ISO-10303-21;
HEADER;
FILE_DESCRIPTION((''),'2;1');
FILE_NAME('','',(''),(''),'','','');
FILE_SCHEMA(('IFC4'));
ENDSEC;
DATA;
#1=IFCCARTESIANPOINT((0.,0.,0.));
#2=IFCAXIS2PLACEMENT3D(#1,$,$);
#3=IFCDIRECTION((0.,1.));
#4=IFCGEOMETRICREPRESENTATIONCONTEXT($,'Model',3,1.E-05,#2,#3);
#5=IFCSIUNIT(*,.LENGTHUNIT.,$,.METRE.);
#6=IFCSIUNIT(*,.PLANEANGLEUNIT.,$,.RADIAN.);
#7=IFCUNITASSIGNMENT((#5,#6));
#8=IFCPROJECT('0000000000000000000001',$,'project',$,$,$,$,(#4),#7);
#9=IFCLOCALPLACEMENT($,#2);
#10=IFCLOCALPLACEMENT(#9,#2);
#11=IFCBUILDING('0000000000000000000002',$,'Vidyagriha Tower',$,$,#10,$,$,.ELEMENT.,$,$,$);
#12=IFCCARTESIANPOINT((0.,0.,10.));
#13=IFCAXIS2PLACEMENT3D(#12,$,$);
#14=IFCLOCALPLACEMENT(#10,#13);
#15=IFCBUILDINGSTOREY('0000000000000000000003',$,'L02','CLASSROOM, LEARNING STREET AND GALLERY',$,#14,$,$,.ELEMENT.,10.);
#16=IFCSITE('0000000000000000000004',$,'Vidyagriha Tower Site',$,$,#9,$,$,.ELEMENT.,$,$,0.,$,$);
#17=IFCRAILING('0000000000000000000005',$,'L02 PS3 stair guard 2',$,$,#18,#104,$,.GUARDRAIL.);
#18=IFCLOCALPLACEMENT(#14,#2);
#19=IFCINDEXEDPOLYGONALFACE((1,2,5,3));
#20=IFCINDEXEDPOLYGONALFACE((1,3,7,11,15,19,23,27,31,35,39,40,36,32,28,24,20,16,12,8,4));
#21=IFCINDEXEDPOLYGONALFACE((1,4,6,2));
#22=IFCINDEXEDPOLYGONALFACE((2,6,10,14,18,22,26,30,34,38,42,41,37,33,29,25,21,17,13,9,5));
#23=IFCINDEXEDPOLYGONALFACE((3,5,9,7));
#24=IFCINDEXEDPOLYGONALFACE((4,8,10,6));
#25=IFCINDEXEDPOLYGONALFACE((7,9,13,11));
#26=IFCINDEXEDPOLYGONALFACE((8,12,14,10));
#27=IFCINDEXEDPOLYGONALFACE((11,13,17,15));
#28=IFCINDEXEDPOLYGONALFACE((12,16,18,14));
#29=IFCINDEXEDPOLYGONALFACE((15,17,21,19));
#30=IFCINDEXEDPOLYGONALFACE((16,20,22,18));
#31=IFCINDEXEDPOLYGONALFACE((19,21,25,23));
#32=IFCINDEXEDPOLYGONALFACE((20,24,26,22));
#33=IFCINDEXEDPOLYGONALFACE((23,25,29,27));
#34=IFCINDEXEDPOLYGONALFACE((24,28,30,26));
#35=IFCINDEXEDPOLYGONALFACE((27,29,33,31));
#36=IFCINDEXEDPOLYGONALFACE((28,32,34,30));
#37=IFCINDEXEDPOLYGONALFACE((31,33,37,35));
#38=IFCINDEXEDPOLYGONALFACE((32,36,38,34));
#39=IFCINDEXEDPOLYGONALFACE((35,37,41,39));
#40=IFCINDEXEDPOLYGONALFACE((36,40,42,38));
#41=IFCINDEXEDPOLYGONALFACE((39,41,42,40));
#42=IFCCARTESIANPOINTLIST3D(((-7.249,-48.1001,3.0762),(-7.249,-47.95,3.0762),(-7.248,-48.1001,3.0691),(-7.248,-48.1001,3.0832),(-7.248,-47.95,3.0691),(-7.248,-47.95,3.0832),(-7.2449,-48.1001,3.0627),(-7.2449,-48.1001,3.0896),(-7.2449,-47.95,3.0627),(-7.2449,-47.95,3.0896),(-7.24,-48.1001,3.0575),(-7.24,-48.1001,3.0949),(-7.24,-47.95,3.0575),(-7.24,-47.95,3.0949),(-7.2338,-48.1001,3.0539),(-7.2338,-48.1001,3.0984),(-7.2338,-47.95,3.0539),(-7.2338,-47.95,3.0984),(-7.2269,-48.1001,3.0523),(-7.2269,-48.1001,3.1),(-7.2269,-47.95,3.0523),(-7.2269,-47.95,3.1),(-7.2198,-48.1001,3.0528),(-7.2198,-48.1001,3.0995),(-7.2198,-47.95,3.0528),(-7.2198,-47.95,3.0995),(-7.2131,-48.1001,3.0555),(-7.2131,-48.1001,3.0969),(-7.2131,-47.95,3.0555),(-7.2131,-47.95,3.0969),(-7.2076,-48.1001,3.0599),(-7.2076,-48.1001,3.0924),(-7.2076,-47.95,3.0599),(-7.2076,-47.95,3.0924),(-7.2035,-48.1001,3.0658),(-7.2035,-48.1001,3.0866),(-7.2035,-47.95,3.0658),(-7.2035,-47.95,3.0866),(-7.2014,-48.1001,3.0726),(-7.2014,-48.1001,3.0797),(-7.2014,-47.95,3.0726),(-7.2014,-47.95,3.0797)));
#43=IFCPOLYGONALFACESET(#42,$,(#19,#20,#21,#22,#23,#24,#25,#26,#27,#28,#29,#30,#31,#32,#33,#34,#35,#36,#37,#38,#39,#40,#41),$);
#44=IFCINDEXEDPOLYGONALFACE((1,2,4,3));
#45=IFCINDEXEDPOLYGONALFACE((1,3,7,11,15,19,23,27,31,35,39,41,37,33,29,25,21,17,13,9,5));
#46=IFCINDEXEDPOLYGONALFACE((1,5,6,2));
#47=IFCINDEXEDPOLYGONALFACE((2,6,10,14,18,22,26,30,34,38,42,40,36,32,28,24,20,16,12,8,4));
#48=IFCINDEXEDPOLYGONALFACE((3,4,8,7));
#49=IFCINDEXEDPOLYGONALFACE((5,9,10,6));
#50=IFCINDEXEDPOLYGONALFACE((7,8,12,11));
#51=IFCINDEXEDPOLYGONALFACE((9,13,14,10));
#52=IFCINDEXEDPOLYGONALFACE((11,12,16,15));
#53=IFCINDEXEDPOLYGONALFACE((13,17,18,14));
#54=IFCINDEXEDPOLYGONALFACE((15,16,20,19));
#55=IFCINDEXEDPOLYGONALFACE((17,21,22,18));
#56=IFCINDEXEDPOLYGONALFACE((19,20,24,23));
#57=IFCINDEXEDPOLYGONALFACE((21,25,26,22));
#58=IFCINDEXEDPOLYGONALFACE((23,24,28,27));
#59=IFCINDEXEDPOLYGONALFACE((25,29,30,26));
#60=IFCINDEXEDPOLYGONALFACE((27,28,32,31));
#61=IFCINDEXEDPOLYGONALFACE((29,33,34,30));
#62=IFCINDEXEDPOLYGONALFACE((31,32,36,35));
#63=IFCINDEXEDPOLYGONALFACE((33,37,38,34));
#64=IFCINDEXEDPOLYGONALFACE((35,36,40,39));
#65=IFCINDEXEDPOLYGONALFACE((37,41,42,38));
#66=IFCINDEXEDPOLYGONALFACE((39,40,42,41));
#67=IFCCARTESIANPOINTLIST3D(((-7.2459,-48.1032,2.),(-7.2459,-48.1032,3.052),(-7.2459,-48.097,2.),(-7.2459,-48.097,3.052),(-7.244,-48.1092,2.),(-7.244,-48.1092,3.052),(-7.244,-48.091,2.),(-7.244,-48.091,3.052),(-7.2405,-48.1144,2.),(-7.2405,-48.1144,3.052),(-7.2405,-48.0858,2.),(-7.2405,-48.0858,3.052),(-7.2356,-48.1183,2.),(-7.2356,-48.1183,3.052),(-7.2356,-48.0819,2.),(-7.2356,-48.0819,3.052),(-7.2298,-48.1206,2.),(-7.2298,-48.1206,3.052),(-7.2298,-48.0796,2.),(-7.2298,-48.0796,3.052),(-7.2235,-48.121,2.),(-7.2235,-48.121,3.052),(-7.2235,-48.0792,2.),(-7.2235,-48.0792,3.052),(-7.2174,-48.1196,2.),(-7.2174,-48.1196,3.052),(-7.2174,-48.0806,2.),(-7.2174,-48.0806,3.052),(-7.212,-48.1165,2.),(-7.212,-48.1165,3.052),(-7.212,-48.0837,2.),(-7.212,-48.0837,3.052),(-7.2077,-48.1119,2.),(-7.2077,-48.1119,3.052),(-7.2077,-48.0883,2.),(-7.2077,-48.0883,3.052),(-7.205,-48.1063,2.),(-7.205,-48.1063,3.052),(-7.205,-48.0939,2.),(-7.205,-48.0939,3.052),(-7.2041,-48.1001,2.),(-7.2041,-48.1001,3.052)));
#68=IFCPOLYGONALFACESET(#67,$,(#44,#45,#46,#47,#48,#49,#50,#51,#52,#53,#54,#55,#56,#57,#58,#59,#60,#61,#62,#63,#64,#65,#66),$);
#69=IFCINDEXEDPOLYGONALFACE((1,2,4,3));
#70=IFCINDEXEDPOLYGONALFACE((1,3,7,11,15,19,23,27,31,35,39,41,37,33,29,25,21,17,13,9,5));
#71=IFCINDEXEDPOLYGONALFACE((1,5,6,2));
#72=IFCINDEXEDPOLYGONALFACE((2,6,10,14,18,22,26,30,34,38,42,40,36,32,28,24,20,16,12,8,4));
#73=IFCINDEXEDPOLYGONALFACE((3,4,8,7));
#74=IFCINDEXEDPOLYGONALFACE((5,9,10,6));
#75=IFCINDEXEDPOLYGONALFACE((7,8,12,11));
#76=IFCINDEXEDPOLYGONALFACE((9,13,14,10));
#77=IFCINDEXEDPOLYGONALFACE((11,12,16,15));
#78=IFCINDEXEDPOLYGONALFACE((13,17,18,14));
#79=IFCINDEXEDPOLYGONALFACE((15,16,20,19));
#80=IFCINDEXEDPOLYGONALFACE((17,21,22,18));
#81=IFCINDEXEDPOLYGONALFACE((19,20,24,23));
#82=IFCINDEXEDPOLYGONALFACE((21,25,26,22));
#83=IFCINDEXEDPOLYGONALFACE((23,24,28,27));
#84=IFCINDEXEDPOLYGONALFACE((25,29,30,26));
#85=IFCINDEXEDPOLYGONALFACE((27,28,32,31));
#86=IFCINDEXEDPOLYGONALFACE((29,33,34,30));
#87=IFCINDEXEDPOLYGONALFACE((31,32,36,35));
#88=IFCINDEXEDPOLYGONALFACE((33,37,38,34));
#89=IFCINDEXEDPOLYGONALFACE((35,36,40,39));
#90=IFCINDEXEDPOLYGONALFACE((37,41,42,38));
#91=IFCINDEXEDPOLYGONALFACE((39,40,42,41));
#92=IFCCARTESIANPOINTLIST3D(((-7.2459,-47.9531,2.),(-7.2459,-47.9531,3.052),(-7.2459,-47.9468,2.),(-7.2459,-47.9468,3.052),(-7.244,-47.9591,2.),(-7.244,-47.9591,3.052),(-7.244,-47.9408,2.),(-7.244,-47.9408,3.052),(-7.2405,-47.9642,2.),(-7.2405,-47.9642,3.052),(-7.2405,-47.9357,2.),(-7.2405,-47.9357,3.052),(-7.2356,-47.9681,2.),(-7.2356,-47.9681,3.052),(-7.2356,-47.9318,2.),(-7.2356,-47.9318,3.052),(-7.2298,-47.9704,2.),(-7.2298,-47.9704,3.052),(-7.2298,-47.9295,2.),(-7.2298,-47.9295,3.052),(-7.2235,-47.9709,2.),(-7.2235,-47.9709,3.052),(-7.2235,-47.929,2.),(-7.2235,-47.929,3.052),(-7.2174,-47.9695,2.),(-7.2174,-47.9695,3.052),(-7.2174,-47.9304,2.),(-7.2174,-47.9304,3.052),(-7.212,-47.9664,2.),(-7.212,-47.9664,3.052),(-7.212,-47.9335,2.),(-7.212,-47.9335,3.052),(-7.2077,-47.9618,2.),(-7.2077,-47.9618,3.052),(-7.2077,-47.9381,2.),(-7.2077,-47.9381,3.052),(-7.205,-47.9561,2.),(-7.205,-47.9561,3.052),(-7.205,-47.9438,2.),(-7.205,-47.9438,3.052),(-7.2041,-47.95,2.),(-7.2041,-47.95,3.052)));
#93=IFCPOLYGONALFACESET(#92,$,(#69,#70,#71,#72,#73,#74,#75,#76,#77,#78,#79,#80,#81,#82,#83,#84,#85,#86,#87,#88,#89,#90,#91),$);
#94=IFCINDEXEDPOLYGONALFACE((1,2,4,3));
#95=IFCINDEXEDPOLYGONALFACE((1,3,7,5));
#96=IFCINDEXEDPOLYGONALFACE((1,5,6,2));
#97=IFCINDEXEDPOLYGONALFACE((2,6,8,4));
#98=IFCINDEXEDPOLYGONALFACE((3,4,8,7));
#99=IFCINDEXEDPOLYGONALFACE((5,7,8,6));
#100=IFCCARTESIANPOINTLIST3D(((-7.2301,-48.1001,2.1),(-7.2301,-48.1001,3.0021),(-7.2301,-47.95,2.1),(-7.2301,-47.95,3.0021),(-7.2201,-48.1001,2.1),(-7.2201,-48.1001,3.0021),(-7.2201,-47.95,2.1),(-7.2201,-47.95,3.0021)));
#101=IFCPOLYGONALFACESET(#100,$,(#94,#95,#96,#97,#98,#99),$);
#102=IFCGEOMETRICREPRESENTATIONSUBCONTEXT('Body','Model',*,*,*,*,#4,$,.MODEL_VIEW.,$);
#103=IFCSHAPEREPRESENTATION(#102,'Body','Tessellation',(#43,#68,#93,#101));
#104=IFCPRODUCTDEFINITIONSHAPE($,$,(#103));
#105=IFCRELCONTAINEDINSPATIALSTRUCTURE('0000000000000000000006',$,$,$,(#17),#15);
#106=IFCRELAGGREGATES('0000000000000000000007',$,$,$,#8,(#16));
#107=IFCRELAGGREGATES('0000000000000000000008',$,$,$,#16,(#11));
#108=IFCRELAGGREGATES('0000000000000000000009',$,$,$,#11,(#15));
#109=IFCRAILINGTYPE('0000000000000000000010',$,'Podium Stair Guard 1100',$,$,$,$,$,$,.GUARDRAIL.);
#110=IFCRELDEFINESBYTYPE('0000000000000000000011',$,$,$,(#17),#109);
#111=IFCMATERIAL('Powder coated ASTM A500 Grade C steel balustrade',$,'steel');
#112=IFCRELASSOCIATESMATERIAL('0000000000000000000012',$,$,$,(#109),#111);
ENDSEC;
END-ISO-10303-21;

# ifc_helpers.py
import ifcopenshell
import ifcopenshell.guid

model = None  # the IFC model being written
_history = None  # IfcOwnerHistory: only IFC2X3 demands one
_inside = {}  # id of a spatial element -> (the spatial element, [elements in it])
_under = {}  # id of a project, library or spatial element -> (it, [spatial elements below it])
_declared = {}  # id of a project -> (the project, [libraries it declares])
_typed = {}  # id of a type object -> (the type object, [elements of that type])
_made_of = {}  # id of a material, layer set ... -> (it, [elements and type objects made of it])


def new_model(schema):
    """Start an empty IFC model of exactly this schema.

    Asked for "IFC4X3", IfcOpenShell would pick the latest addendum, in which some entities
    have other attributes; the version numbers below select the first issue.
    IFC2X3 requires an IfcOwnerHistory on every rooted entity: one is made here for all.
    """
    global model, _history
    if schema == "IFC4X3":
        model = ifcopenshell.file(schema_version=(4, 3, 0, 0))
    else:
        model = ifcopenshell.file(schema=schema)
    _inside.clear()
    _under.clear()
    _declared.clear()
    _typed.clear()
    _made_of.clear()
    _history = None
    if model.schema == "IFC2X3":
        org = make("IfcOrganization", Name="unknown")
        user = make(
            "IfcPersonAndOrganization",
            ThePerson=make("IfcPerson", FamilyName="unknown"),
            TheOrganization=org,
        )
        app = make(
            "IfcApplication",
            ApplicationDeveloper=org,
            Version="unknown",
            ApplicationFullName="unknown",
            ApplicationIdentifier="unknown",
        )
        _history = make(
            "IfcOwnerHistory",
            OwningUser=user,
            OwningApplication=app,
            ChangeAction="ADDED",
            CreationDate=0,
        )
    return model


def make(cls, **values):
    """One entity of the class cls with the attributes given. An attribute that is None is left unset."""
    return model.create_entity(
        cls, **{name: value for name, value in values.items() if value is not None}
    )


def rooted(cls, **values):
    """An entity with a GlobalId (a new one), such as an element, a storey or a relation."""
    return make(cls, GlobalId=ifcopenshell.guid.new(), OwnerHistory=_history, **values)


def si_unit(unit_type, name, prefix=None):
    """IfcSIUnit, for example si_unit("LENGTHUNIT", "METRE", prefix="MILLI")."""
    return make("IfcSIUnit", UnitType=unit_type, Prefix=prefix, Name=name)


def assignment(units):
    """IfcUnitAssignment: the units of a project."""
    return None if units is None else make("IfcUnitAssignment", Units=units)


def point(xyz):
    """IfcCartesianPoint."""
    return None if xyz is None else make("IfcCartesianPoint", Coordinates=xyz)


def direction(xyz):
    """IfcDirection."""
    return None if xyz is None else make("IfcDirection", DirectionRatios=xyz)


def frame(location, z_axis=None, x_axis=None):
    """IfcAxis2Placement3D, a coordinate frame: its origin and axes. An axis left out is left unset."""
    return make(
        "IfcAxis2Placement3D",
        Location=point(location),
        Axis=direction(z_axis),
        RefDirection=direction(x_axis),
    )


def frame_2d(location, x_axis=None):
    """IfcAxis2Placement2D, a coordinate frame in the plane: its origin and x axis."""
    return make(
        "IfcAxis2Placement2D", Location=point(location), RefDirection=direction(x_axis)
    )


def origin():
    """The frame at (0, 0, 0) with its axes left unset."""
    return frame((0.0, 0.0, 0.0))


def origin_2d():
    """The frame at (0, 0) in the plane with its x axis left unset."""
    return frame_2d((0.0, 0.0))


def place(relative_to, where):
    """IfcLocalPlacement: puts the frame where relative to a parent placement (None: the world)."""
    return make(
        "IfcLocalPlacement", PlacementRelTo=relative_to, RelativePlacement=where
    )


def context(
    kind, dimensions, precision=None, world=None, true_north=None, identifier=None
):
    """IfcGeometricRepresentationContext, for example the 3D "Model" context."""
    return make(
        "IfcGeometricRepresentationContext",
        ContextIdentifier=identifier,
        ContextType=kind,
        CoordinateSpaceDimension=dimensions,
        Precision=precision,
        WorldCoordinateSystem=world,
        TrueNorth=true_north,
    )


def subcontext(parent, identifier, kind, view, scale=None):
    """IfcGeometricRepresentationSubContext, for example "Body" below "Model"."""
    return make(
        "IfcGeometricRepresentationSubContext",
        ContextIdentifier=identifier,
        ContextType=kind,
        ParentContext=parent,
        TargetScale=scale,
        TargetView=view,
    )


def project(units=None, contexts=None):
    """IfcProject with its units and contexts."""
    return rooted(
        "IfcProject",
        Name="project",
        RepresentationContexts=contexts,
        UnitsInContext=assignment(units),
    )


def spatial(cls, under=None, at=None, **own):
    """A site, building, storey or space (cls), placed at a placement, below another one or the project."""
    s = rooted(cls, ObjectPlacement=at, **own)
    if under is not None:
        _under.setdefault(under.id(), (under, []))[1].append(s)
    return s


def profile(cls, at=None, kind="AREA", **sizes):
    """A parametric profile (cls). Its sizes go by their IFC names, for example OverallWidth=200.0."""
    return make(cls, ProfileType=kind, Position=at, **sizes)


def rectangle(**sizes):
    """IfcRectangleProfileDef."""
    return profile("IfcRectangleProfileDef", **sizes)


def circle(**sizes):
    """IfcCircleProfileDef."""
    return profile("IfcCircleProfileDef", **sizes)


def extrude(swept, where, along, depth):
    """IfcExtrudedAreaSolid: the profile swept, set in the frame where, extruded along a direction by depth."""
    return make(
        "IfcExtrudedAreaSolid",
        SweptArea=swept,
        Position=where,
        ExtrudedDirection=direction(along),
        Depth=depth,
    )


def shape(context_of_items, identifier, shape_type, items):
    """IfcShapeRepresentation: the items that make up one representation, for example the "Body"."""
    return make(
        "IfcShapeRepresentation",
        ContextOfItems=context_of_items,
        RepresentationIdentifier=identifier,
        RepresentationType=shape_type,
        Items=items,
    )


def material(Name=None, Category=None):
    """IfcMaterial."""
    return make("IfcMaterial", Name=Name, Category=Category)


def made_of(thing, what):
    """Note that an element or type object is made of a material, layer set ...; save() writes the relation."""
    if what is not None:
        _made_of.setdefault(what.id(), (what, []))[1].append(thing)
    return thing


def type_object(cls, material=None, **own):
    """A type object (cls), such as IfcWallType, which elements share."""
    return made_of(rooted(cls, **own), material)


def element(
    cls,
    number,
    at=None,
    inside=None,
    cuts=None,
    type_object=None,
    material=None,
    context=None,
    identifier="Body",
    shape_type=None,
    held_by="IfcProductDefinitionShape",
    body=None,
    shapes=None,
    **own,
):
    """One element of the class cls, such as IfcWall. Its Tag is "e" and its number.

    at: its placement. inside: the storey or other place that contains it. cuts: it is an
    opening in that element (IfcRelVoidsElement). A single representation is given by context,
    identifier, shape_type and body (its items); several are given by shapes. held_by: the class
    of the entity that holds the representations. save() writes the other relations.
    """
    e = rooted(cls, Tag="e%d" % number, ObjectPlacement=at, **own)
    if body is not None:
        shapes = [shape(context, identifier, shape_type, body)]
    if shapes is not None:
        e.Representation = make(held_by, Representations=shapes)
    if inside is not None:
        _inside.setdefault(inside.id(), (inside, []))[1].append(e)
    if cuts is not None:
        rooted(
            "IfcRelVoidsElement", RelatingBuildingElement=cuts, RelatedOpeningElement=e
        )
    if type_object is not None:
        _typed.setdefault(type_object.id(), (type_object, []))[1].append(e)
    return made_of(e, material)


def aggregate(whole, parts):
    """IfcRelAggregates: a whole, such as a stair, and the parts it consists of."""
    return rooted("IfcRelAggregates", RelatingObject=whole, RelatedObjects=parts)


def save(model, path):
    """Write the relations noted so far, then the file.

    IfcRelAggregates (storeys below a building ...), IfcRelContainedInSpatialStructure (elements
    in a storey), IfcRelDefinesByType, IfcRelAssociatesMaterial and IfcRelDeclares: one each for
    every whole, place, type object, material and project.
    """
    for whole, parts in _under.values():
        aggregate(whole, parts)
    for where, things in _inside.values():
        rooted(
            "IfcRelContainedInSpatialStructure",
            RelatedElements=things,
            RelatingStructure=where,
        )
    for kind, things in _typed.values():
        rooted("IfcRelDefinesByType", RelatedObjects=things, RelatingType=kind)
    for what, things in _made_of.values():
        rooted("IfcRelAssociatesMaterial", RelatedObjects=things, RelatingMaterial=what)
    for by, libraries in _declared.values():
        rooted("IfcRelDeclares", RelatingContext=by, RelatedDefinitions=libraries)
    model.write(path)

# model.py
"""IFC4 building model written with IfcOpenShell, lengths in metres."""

from ifc_helpers import new_model, si_unit, direction, frame, origin, origin_2d, place, context, subcontext, project, spatial, rectangle, circle, extrude, material, type_object, element, save


model = new_model("IFC4")

# Units and contexts
model_context = context("Model", 3, precision=1e-05, world=origin(), true_north=direction((0.0, 1.0)))
body_context = subcontext(model_context, "Body", "Model", "MODEL_VIEW")
ifc_project = project(units=[si_unit("LENGTHUNIT", "METRE"), si_unit("PLANEANGLEUNIT", "RADIAN")], contexts=[model_context])

# Site, building, storey
site_placement = place(None, origin())
site = spatial("IfcSite", under=ifc_project, at=site_placement, Name="Vidyagriha Tower Site", CompositionType="ELEMENT", RefElevation=0.0)
building_placement = place(site_placement, origin())
building = spatial("IfcBuilding", under=site, at=building_placement, Name="Vidyagriha Tower", CompositionType="ELEMENT")
storey_placement = place(building_placement, frame((0.0, 0.0, 10.0)))
storey = spatial("IfcBuildingStorey", under=building, at=storey_placement, Name="L02", Description="CLASSROOM, LEARNING STREET AND GALLERY", CompositionType="ELEMENT", Elevation=10.0)

# Railing
ifc_material_1 = material(Name="Powder coated ASTM A500 Grade C steel balustrade", Category="steel")
railing_type_1 = type_object("IfcRailingType", Name="Podium Stair Guard 1100", PredefinedType="GUARDRAIL", material=ifc_material_1)
railing_1_placement = place(storey_placement, frame((-7.2251, -48.1001, 2.0)))
element("IfcRailing", 1, at=railing_1_placement, inside=storey, type_object=railing_type_1, Name="L02 PS3 stair guard 2", PredefinedType="GUARDRAIL", context=body_context, shape_type="SweptSolid", body=[
    extrude(circle(Radius=0.0239, at=origin_2d()), frame((0.0, 0.0, 1.0762), z_axis=(0.0, 1.0, 0.0), x_axis=(-1.0, 0.0, 0.0)), (0.0, 0.0, 1.0), 0.1501),
    extrude(circle(Radius=0.021, at=origin_2d()), origin(), (0.0, 0.0, 1.0), 1.052),
    extrude(circle(Radius=0.021, at=origin_2d()), frame((0.0, 0.1501, 0.0)), (0.0, 0.0, 1.0), 1.052),
    extrude(rectangle(XDim=0.01, YDim=0.9021, at=origin_2d()), frame((0.0, 0.0, 0.551), z_axis=(0.0, 1.0, 0.0), x_axis=(-1.0, 0.0, 0.0)), (0.0, 0.0, 1.0), 0.1501),
])

save(model, "model.ifc")
